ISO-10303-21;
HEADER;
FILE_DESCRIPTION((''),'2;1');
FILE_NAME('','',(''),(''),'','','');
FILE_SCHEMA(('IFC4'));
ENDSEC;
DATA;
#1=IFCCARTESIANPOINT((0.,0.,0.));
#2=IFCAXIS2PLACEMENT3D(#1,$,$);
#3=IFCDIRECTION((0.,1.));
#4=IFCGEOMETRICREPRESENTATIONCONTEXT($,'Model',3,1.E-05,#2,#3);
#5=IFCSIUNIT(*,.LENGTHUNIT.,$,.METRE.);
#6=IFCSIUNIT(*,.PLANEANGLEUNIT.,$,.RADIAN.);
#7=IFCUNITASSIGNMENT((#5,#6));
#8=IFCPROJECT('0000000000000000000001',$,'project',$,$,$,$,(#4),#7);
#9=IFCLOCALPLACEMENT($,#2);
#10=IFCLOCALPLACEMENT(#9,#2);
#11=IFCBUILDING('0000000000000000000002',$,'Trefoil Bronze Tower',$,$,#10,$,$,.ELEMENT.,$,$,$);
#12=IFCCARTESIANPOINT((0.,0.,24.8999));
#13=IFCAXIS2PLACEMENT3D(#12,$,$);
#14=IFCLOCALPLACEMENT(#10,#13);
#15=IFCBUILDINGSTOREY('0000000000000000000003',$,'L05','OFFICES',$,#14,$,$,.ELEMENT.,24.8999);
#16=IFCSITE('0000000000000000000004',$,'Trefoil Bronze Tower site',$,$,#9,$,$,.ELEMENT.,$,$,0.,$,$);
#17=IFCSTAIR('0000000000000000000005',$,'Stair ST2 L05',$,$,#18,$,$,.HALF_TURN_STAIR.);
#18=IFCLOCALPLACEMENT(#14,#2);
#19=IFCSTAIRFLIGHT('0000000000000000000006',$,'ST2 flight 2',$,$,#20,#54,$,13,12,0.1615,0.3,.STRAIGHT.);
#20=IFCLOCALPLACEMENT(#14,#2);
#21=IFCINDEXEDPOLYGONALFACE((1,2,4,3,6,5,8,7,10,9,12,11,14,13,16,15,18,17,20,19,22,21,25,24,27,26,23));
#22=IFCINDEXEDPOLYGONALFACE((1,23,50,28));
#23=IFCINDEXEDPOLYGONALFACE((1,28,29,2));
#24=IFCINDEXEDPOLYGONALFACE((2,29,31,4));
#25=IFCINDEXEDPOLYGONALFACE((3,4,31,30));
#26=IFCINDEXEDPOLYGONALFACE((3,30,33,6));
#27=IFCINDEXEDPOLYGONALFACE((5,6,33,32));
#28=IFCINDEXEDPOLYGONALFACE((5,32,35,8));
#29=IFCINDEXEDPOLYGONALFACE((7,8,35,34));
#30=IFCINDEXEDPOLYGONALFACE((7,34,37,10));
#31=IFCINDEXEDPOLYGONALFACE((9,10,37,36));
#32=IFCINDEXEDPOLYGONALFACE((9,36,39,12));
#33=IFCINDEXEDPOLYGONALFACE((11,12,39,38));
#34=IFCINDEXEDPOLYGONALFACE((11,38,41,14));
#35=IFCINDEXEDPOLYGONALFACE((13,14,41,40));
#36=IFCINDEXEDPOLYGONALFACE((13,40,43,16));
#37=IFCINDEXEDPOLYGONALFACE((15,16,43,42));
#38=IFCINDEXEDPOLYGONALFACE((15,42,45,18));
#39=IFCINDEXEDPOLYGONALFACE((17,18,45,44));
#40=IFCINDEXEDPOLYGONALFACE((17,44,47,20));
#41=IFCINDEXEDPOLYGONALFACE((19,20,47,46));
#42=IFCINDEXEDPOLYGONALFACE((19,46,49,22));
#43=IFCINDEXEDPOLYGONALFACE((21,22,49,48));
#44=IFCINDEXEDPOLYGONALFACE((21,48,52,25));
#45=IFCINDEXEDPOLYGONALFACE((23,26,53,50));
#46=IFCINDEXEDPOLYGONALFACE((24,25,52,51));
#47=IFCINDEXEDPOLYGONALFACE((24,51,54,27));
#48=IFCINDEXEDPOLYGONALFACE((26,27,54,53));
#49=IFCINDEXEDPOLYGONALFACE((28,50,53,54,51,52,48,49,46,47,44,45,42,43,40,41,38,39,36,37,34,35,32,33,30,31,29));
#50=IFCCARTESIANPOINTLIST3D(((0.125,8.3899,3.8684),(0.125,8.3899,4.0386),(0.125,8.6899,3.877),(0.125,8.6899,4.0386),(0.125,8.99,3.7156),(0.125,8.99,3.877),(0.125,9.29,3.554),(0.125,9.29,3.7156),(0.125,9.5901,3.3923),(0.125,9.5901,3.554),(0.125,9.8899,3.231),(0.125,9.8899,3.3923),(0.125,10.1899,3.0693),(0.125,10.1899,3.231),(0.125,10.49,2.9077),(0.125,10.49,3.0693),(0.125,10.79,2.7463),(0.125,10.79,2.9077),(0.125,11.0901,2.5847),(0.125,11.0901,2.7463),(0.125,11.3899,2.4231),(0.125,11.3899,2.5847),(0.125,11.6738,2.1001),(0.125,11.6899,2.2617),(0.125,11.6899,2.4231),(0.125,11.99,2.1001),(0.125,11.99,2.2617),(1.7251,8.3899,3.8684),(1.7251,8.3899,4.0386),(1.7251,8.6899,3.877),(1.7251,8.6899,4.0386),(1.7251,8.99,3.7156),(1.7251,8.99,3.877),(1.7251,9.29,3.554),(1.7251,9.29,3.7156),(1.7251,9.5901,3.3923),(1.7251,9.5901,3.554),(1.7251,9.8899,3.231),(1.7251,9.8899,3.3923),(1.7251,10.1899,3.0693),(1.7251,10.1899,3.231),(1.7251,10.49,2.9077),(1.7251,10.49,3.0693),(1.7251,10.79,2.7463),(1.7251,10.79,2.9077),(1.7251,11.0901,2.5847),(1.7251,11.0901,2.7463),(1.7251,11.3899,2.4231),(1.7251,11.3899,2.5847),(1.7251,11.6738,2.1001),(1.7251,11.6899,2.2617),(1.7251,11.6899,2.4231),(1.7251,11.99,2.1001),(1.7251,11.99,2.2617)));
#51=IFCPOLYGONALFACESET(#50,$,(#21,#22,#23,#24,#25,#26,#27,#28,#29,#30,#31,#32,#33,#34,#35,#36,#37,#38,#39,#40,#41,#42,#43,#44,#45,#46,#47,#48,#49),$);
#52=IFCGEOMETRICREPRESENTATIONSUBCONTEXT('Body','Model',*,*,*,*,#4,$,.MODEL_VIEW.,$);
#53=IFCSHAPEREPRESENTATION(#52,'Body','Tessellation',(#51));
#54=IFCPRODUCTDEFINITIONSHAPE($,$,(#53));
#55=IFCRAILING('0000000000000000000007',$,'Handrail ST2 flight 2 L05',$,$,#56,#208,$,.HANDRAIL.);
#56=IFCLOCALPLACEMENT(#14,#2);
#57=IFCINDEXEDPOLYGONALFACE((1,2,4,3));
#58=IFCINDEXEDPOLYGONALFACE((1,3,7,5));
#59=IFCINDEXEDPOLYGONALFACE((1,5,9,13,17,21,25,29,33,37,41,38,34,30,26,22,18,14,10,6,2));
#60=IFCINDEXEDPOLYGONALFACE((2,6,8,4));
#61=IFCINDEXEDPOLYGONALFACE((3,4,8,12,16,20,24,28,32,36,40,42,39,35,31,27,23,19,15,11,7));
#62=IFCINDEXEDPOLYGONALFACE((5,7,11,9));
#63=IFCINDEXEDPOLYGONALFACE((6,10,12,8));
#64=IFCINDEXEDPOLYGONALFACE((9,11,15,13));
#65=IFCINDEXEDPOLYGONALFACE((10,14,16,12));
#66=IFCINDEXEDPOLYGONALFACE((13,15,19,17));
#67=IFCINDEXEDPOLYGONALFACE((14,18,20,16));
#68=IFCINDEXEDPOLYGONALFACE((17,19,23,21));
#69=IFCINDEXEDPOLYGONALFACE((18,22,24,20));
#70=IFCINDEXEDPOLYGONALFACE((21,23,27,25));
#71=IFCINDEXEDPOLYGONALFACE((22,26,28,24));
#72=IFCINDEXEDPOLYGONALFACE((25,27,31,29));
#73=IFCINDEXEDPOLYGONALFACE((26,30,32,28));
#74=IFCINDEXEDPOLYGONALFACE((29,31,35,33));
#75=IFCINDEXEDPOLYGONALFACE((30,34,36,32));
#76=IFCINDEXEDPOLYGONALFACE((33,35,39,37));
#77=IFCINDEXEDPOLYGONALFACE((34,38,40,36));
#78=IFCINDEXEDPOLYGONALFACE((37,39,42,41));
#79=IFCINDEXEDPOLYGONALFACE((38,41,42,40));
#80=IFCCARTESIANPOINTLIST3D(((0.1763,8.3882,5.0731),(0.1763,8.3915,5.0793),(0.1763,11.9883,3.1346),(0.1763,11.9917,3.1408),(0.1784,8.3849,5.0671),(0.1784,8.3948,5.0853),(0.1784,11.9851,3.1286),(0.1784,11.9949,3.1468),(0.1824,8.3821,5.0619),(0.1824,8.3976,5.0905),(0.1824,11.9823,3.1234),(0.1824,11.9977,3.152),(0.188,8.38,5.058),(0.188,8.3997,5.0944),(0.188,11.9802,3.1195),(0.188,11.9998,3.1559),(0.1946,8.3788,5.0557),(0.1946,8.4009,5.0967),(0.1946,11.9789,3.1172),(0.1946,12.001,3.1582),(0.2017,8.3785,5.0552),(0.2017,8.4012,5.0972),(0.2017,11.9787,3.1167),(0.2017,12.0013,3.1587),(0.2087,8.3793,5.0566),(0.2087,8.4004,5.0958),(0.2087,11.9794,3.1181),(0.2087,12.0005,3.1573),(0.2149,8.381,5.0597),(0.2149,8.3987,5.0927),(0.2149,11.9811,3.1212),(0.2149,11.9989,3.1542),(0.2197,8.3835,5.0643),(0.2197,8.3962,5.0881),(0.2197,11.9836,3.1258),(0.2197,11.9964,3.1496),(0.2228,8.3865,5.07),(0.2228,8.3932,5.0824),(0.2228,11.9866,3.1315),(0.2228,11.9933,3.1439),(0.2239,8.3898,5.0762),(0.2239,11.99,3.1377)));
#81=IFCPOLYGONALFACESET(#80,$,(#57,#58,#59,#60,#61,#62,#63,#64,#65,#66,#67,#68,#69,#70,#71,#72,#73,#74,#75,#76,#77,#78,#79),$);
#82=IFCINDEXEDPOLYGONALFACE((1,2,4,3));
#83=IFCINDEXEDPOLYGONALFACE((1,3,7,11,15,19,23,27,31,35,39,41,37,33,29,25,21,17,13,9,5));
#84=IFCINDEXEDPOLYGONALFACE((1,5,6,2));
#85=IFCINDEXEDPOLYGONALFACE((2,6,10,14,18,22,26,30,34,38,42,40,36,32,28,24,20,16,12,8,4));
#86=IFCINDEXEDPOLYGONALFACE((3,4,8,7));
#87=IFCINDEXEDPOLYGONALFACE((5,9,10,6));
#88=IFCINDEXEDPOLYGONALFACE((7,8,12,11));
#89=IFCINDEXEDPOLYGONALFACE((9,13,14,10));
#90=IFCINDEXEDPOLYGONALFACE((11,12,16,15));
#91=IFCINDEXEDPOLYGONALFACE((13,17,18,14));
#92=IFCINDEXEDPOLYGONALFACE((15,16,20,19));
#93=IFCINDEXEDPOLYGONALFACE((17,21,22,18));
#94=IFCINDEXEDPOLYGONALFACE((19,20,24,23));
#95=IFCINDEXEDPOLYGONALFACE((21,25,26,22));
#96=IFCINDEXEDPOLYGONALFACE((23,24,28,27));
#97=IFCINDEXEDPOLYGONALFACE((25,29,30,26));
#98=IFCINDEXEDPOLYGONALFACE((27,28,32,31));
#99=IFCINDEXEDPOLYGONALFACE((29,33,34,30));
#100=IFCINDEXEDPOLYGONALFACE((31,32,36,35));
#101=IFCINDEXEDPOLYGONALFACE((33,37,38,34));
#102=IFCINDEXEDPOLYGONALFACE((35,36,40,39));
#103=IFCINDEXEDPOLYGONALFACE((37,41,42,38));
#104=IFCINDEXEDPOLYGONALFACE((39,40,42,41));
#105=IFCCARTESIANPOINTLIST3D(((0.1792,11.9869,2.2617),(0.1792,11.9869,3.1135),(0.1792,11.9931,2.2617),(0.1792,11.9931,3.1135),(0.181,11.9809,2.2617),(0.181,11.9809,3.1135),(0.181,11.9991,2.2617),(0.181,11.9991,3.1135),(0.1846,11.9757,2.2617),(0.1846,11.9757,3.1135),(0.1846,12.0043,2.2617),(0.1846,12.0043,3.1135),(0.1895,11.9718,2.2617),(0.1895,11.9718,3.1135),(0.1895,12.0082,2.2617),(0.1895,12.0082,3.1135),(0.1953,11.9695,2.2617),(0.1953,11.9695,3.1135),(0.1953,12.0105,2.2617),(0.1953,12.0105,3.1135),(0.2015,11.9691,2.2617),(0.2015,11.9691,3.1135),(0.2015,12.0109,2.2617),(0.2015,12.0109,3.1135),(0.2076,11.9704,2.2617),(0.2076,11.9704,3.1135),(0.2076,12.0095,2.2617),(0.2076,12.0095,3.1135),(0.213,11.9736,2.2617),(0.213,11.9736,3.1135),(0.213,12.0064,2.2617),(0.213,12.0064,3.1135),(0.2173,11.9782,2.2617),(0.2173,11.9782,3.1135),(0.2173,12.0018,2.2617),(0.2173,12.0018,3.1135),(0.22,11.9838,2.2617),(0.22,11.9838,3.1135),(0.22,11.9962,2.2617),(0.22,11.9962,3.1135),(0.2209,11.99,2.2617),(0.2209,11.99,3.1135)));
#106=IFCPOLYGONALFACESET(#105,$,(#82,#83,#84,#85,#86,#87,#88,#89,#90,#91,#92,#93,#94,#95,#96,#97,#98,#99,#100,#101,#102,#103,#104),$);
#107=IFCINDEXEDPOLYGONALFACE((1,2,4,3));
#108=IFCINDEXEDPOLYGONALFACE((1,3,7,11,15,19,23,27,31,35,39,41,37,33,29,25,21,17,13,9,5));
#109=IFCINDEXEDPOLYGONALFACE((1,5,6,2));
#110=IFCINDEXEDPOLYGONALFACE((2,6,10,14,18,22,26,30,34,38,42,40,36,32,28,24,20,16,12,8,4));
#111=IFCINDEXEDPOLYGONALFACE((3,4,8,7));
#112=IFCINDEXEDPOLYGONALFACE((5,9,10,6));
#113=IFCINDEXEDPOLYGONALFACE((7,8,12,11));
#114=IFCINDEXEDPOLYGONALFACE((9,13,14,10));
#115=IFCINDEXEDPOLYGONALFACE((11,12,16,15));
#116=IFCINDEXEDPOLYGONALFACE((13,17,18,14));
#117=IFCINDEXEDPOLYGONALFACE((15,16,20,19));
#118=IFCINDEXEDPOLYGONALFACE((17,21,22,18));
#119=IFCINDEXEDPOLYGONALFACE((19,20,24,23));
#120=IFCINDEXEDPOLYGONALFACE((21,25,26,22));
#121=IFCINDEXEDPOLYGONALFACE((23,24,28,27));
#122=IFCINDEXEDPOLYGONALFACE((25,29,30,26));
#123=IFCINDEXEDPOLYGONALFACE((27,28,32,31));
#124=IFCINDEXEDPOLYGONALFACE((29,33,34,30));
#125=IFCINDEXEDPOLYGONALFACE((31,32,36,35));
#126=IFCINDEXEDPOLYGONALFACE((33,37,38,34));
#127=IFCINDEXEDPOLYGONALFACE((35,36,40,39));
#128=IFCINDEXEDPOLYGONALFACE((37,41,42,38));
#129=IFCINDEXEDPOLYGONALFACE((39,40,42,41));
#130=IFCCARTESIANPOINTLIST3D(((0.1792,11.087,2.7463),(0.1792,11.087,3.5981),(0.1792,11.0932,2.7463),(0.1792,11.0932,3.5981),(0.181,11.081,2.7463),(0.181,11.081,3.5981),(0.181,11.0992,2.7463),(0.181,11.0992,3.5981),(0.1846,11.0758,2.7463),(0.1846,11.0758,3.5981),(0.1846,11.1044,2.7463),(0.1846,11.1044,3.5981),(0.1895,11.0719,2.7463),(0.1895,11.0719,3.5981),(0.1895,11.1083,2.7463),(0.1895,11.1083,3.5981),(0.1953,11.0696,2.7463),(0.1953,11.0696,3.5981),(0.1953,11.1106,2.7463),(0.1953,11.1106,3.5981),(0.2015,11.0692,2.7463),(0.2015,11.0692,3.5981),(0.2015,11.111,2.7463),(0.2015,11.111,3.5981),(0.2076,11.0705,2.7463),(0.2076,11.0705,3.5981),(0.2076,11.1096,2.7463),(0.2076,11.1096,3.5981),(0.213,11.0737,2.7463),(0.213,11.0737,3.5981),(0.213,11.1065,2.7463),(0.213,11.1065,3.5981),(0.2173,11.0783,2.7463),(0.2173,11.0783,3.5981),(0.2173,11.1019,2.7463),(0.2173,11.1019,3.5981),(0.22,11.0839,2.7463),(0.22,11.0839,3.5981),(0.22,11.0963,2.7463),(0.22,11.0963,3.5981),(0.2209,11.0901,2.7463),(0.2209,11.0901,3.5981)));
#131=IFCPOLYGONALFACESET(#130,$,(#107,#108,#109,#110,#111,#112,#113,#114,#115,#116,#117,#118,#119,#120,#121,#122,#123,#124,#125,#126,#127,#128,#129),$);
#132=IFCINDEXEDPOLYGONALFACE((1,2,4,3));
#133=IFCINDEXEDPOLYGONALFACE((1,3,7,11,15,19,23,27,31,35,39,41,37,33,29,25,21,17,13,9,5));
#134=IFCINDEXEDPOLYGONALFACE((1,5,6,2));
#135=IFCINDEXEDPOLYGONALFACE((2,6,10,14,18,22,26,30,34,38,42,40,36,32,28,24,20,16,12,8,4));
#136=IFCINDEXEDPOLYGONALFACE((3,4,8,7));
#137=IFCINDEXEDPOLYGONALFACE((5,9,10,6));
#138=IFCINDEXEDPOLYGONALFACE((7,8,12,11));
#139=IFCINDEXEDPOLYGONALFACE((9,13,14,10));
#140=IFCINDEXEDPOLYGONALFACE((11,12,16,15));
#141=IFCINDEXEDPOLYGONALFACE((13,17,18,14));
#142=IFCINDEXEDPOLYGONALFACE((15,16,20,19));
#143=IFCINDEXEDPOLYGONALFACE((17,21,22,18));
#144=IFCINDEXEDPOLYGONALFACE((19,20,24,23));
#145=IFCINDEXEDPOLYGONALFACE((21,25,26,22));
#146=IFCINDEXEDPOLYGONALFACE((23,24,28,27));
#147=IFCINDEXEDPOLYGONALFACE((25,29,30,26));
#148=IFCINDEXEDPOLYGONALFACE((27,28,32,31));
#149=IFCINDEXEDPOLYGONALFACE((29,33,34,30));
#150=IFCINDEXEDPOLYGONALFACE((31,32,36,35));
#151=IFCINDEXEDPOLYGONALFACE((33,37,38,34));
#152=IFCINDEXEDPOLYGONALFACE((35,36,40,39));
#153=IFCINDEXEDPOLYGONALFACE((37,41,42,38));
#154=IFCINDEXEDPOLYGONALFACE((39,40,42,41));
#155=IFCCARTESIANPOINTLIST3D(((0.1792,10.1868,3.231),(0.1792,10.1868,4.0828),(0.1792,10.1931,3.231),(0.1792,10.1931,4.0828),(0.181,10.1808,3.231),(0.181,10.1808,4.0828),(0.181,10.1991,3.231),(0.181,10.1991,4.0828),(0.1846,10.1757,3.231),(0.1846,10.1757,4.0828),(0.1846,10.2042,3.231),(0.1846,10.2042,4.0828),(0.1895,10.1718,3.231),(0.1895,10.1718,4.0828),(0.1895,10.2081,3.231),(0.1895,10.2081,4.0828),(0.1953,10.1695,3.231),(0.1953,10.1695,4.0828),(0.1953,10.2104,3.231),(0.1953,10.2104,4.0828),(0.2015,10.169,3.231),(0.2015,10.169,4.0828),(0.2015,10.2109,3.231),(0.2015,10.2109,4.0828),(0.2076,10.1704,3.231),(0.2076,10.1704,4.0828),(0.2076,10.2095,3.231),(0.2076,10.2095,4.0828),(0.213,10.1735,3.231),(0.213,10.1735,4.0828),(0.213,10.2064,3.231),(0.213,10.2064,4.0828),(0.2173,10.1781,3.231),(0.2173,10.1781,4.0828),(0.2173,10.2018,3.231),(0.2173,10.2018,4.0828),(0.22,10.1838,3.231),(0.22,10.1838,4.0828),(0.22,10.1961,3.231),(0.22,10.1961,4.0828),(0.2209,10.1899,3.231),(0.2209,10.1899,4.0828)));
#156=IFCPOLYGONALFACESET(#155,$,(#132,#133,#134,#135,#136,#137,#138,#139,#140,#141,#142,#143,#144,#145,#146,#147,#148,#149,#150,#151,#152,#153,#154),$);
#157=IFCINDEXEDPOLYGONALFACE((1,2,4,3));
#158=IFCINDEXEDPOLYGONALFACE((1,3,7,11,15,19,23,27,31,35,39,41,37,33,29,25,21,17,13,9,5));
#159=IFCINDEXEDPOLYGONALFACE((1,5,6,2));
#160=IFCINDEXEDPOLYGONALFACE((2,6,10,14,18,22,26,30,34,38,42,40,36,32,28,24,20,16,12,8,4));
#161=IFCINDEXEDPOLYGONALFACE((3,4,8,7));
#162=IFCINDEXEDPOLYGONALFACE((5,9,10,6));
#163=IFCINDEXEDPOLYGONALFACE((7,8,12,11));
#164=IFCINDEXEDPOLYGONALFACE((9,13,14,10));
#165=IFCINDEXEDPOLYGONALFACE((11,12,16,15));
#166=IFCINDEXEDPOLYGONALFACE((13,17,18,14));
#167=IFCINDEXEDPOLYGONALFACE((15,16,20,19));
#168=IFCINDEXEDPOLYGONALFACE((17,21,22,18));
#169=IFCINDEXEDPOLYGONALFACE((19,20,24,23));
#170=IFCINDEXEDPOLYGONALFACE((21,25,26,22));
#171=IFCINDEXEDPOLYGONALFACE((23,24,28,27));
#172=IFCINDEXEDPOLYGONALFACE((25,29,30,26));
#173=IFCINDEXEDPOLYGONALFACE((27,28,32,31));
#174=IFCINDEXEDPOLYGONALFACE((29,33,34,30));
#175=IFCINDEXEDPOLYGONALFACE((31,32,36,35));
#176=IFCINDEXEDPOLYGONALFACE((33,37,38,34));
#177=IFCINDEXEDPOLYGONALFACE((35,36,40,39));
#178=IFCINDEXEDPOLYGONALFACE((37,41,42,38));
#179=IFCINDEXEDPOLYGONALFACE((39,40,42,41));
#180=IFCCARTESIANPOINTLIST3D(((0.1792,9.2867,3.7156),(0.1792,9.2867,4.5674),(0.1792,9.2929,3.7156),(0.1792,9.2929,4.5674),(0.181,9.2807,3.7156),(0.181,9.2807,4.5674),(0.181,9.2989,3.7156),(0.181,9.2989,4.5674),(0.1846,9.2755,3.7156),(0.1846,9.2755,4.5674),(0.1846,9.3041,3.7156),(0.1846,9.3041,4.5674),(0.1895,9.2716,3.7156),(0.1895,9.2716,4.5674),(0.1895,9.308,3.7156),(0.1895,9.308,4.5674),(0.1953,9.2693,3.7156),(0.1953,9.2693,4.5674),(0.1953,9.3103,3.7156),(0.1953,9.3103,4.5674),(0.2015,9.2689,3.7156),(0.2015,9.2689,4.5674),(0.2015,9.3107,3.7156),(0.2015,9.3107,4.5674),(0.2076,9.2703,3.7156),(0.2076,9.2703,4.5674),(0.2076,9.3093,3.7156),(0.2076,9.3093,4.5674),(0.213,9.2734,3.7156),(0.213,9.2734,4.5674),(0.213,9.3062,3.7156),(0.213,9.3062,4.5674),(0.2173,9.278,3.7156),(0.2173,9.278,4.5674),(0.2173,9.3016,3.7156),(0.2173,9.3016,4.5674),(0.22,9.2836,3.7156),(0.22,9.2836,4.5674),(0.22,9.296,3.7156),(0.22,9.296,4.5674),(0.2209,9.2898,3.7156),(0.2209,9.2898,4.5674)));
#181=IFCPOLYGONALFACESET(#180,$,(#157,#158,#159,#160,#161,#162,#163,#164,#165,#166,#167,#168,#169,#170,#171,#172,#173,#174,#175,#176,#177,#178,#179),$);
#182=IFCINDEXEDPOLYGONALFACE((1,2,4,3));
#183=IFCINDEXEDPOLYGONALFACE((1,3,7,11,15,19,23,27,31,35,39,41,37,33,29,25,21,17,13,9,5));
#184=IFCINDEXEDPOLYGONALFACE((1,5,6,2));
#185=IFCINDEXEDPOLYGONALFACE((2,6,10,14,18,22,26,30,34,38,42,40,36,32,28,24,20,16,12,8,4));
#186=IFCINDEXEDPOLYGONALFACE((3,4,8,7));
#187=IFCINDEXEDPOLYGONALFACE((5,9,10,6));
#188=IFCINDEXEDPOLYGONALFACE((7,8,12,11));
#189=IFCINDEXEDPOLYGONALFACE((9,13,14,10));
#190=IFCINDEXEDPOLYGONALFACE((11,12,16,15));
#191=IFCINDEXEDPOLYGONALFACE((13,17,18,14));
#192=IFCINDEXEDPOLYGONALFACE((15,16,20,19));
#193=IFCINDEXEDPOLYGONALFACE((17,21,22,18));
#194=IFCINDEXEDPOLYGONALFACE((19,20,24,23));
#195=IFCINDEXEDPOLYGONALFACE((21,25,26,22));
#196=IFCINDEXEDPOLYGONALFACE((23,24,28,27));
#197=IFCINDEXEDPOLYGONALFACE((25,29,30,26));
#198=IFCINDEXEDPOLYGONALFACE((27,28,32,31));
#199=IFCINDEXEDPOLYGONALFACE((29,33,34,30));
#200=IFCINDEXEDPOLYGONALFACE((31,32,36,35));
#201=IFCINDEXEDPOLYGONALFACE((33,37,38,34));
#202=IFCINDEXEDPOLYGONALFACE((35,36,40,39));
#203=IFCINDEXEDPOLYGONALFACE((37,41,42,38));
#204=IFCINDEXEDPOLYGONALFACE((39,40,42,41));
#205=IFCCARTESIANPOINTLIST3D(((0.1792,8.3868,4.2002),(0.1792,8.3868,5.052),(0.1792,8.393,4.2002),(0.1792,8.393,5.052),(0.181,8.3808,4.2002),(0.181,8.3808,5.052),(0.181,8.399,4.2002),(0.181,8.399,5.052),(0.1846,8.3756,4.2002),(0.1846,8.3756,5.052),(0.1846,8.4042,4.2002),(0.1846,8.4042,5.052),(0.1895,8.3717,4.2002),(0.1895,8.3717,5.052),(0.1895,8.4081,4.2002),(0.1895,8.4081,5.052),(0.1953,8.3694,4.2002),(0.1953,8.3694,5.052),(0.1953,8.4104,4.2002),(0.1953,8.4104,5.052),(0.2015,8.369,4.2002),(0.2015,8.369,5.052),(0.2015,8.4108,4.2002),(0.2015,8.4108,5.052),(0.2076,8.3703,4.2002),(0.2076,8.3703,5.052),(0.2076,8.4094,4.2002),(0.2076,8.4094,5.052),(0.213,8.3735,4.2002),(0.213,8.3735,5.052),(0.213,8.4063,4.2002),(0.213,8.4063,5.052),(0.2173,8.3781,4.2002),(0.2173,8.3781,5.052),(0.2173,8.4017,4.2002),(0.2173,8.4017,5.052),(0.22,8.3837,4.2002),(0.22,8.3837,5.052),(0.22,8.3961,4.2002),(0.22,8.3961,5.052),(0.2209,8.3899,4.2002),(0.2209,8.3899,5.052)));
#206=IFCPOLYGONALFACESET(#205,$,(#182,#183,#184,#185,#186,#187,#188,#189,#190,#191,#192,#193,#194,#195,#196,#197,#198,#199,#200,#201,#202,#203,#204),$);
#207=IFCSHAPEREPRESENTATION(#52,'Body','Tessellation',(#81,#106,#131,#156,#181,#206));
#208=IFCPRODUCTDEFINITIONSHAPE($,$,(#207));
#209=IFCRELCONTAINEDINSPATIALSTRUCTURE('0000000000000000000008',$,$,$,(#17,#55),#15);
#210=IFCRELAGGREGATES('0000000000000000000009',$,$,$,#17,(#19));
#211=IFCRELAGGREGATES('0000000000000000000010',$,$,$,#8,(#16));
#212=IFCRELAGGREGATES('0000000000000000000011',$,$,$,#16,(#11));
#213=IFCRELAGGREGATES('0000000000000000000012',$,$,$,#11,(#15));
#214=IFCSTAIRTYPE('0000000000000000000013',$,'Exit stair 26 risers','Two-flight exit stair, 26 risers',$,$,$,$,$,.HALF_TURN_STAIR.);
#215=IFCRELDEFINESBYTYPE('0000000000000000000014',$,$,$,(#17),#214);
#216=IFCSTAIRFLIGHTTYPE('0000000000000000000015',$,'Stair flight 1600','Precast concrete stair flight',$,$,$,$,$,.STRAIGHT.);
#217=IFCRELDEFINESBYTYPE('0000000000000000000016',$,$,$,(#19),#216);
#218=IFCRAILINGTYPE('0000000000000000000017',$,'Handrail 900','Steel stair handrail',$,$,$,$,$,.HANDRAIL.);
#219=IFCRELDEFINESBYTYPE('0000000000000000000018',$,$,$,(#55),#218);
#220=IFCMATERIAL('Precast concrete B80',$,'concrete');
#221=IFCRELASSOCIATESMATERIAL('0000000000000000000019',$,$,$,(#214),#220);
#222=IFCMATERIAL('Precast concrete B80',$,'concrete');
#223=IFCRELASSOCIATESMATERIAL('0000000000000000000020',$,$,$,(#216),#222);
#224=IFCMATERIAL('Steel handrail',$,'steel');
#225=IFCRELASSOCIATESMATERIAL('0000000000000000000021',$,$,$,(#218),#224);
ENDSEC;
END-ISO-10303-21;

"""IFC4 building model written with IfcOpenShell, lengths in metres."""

from ifc_helpers import new_model, si_unit, direction, frame, origin, origin_2d, place, context, subcontext, project, spatial, polyline, circle, outline, extrude, material, type_object, element, aggregate, save


model = new_model("IFC4")

# Units and contexts
model_context = context("Model", 3, precision=1e-05, world=origin(), true_north=direction((0.0, 1.0)))
body_context = subcontext(model_context, "Body", "Model", "MODEL_VIEW")
ifc_project = project(units=[si_unit("LENGTHUNIT", "METRE"), si_unit("PLANEANGLEUNIT", "RADIAN")], contexts=[model_context])

# Site, building, storey
site_placement = place(None, origin())
site = spatial("IfcSite", under=ifc_project, at=site_placement, Name="Trefoil Bronze Tower site", CompositionType="ELEMENT", RefElevation=0.0)
building_placement = place(site_placement, origin())
building = spatial("IfcBuilding", under=site, at=building_placement, Name="Trefoil Bronze Tower", CompositionType="ELEMENT")
storey_placement = place(building_placement, frame((0.0, 0.0, 24.8999)))
storey = spatial("IfcBuildingStorey", under=building, at=storey_placement, Name="L05", Description="OFFICES", CompositionType="ELEMENT", Elevation=24.8999)

# Stair, stair flight
ifc_material_1 = material(Name="Precast concrete B80", Category="concrete")
stair_type = type_object("IfcStairType", Name="Exit stair 26 risers", Description="Two-flight exit stair, 26 risers", PredefinedType="HALF_TURN_STAIR", material=ifc_material_1)
stair_placement = place(storey_placement, origin())
stair = element("IfcStair", 1, at=stair_placement, inside=storey, type_object=stair_type, Name="Stair ST2 L05", PredefinedType="HALF_TURN_STAIR")
ifc_material_2 = material(Name="Precast concrete B80", Category="concrete")
stair_flight_type = type_object("IfcStairFlightType", Name="Stair flight 1600", Description="Precast concrete stair flight", PredefinedType="STRAIGHT", material=ifc_material_2)
stair_flight_placement = place(storey_placement, frame((0.925, 11.99, 2.1001), z_axis=(0.0, 0.0, 1.0), x_axis=(0.0, -1.0, 0.0)))
stair_flight = element("IfcStairFlight", 2, at=stair_flight_placement, type_object=stair_flight_type, Name="ST2 flight 2", NumberOfRisers=13, NumberOfTreads=12, PredefinedType="STRAIGHT", RiserHeight=0.1615, TreadLength=0.3, context=body_context, shape_type="SweptSolid", body=[
    extrude(outline(polyline([(0.0, 0.0), (0.0, 0.1616), (0.3, 0.1616), (0.3, 0.323), (0.6001, 0.323), (0.6001, 0.4846), (0.8999, 0.4846), (0.8999, 0.6462), (1.2, 0.6462), (1.2, 0.8076), (1.5, 0.8076), (1.5, 0.9692), (1.8, 0.9692), (1.8, 1.1309), (2.1001, 1.1309), (2.1001, 1.2922), (2.3999, 1.2922), (2.3999, 1.4539), (2.7, 1.4539), (2.7, 1.6155), (3.0, 1.6155), (3.0, 1.7769), (3.3, 1.7769), (3.3, 1.9385), (3.6001, 1.9385), (3.6001, 2.1001), (3.6001, 1.7683), (0.3162, 0.0), (0.0, 0.0)])), frame((0.0, 0.8, 0.0), z_axis=(0.0, -1.0, 0.0), x_axis=(1.0, 0.0, 0.0)), (0.0, 0.0, 1.0), 1.6001),
])
aggregate(stair, [stair_flight])

# Railing
ifc_material_3 = material(Name="Steel handrail", Category="steel")
railing_type = type_object("IfcRailingType", Name="Handrail 900", Description="Steel stair handrail", PredefinedType="HANDRAIL", material=ifc_material_3)
railing_placement = place(storey_placement, frame((0.2, 11.99, 2.2617)))
element("IfcRailing", 3, at=railing_placement, inside=storey, type_object=railing_type, Name="Handrail ST2 flight 2 L05", PredefinedType="HANDRAIL", context=body_context, shape_type="SweptSolid", body=[
    extrude(circle(Radius=0.0239, at=origin_2d()), frame((0.0, 0.0, 0.876), z_axis=(0.0, -0.880475, 0.474093), x_axis=(1.0, 0.0, 0.0)), (0.0, 0.0, 1.0), 4.0889),
    extrude(circle(Radius=0.021, at=origin_2d()), origin(), (0.0, 0.0, 1.0), 0.8518),
    extrude(circle(Radius=0.021, at=origin_2d()), frame((0.0, -0.8999, 0.4846)), (0.0, 0.0, 1.0), 0.8518),
    extrude(circle(Radius=0.021, at=origin_2d()), frame((0.0, -1.8, 0.9692)), (0.0, 0.0, 1.0), 0.8518),
    extrude(circle(Radius=0.021, at=origin_2d()), frame((0.0, -2.7002, 1.4539)), (0.0, 0.0, 1.0), 0.8518),
    extrude(circle(Radius=0.021, at=origin_2d()), frame((0.0, -3.6001, 1.9385)), (0.0, 0.0, 1.0), 0.8518),
])

save(model, "model.ifc")
